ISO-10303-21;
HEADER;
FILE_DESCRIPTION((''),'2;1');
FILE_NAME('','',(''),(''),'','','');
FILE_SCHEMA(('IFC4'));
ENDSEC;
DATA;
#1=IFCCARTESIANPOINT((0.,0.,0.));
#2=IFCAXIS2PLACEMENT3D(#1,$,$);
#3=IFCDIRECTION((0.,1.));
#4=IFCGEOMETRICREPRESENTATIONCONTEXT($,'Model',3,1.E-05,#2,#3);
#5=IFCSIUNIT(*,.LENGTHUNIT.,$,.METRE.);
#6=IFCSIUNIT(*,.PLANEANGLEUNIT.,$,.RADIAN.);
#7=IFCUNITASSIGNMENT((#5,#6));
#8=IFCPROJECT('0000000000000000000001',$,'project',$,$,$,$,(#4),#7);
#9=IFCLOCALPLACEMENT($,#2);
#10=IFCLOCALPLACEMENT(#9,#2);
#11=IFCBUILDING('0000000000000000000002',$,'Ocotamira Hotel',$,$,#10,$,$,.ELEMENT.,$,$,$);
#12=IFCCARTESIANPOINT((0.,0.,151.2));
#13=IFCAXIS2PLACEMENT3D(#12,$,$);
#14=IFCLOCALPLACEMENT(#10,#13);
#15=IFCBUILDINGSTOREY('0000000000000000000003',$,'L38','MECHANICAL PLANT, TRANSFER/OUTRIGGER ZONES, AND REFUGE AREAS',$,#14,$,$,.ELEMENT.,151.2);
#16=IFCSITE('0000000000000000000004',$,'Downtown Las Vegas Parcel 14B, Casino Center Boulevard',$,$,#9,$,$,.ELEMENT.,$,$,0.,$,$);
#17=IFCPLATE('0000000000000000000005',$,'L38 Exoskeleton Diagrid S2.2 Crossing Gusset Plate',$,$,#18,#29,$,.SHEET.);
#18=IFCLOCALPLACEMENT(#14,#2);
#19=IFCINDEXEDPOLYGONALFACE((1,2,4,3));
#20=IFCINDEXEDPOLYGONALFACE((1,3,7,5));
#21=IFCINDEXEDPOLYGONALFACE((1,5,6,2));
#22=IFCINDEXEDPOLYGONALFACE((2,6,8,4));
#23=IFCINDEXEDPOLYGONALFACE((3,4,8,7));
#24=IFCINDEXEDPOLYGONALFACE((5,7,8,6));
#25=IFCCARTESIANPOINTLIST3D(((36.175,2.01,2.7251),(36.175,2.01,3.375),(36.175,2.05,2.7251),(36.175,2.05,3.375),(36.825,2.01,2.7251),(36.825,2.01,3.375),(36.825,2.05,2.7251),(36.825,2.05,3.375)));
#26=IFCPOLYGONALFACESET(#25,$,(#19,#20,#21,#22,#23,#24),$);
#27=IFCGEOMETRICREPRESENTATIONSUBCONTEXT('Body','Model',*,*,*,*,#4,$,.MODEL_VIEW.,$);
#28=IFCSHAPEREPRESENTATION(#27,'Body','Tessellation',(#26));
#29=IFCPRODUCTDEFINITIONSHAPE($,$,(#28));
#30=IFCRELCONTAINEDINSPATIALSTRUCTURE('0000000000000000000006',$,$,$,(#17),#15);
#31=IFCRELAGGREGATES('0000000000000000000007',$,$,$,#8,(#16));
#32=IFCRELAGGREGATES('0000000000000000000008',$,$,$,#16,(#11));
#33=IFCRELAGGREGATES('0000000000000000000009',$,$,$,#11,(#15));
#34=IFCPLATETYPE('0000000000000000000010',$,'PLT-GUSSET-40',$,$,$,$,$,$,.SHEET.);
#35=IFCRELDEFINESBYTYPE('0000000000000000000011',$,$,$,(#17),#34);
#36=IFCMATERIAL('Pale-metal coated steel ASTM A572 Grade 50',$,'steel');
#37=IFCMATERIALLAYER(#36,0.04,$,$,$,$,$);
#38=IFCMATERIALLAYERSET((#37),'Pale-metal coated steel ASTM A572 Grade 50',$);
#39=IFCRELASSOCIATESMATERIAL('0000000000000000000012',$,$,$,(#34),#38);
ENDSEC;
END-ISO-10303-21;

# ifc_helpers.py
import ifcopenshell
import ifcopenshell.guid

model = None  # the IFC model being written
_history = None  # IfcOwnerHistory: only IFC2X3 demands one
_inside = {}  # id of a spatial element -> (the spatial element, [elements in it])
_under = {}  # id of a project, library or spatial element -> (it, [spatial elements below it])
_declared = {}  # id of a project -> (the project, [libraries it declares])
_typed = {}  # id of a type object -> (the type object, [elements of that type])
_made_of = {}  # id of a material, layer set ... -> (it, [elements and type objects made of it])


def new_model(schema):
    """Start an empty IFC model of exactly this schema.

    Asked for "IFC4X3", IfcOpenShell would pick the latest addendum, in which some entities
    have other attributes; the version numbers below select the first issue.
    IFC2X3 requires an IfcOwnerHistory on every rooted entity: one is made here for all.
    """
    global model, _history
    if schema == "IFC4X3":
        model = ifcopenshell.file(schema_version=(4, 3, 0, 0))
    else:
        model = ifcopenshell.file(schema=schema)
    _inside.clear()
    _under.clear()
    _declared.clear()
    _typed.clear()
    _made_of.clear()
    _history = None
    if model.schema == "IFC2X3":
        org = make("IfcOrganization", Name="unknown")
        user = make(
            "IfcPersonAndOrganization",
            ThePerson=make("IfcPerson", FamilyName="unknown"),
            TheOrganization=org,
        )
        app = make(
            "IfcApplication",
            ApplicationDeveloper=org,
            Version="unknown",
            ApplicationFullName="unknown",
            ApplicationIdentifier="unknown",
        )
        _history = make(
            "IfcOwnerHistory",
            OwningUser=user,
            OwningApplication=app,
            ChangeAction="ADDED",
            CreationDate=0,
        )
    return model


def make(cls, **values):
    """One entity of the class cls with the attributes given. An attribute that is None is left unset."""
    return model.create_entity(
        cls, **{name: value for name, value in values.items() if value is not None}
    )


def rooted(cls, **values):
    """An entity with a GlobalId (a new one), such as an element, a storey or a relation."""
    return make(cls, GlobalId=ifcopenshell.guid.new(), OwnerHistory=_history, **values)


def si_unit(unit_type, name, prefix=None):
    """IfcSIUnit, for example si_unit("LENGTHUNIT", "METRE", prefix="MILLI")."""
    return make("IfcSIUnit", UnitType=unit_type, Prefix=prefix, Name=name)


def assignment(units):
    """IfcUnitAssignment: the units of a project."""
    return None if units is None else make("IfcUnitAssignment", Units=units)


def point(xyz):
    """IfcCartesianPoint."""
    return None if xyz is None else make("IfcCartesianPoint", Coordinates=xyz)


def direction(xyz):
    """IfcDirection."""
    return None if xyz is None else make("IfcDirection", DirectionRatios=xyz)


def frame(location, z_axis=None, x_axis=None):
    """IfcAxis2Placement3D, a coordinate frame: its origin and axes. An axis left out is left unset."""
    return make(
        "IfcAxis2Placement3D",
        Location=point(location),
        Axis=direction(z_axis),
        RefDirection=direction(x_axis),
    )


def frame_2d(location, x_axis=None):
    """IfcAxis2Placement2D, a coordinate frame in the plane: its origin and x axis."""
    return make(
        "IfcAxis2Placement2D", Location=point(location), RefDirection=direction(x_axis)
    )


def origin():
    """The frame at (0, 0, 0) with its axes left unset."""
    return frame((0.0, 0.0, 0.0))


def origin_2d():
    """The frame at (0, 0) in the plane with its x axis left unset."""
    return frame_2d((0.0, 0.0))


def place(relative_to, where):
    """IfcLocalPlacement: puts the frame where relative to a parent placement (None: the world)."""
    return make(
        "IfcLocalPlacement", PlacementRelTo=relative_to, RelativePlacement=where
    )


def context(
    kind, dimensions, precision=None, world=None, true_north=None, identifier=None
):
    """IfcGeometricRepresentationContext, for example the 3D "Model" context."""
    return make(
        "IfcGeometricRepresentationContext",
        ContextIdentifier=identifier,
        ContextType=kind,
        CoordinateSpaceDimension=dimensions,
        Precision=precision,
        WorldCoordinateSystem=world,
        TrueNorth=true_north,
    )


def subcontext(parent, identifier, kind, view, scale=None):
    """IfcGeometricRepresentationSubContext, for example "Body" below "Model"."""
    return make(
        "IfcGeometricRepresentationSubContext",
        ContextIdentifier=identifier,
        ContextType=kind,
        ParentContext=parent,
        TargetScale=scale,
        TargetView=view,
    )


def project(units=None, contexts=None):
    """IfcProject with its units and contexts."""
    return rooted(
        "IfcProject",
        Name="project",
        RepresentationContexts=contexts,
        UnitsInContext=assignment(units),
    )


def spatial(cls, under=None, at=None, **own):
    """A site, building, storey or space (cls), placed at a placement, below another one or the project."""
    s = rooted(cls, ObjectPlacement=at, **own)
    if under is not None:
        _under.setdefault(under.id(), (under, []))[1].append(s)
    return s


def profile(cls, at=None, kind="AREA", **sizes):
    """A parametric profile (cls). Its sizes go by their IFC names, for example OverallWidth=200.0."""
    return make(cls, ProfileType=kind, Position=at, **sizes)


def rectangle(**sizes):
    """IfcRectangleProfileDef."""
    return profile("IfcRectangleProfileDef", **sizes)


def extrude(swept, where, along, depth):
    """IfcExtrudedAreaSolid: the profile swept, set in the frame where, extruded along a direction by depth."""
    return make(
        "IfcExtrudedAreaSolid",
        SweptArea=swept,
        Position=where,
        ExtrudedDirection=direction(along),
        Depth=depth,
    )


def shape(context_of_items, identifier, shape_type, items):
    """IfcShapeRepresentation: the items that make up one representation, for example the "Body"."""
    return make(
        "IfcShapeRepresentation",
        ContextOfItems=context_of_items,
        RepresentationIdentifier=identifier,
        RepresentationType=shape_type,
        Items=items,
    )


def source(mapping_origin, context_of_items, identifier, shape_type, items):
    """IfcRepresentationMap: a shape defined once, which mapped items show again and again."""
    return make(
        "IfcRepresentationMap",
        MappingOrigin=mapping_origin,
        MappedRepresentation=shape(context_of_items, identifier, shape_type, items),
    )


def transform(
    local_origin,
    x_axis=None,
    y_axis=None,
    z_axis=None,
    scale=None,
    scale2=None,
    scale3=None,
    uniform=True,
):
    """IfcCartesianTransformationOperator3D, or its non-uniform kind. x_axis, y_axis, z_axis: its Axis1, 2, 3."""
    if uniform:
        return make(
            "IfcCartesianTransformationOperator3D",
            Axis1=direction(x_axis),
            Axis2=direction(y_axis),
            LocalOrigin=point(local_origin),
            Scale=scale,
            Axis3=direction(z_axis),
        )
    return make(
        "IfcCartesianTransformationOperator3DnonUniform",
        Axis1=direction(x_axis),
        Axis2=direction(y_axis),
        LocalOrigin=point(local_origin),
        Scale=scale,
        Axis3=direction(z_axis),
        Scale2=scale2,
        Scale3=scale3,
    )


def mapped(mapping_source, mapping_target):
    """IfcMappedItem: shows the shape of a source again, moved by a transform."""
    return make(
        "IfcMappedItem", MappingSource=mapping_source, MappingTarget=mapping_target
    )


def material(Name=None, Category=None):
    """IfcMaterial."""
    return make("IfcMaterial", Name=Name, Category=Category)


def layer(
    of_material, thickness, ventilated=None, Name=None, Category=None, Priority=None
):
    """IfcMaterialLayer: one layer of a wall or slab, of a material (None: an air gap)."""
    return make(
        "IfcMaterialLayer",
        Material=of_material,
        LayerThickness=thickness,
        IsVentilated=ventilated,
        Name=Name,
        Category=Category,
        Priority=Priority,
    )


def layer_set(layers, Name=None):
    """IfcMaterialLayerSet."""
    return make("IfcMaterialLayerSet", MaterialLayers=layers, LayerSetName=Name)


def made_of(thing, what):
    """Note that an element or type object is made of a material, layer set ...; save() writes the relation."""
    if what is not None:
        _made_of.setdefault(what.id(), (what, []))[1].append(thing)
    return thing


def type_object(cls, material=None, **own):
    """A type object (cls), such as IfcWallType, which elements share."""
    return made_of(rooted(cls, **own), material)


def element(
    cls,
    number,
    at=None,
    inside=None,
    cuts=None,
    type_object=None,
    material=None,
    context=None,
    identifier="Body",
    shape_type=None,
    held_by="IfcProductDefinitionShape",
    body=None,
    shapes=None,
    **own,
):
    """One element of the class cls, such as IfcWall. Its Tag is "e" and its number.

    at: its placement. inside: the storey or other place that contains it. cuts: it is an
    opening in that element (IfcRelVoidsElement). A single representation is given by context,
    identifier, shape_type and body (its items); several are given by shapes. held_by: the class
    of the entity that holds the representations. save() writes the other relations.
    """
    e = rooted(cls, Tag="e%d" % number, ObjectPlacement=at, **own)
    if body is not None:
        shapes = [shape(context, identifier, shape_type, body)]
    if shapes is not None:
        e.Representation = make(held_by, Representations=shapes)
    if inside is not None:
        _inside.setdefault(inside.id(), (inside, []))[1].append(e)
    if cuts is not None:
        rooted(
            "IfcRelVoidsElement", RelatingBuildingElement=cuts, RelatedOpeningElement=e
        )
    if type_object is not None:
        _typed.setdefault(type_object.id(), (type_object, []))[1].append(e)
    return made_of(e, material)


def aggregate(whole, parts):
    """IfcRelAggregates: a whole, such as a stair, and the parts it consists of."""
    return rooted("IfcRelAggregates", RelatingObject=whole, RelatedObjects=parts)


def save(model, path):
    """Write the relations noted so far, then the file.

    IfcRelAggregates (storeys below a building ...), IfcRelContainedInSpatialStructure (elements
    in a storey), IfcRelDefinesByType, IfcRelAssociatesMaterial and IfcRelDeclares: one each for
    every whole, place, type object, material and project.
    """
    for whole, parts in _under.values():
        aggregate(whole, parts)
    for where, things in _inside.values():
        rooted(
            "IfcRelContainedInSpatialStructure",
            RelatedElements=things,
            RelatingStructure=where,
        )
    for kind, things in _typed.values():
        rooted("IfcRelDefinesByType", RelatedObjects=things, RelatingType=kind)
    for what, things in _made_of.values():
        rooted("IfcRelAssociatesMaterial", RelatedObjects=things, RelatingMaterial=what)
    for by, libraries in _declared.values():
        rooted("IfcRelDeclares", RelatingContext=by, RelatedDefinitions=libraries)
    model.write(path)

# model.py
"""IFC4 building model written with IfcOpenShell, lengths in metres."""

from ifc_helpers import new_model, si_unit, direction, frame, origin, origin_2d, place, context, subcontext, project, spatial, rectangle, extrude, source, transform, mapped, material, layer, layer_set, type_object, element, save


model = new_model("IFC4")

# Units and contexts
model_context = context("Model", 3, precision=1e-05, world=origin(), true_north=direction((0.0, 1.0)))
body_context = subcontext(model_context, "Body", "Model", "MODEL_VIEW")
ifc_project = project(units=[si_unit("LENGTHUNIT", "METRE"), si_unit("PLANEANGLEUNIT", "RADIAN")], contexts=[model_context])

# Site, building, storey
site_placement = place(None, origin())
site = spatial("IfcSite", under=ifc_project, at=site_placement, Name="Downtown Las Vegas Parcel 14B, Casino Center Boulevard", CompositionType="ELEMENT", RefElevation=0.0)
building_placement = place(site_placement, origin())
building = spatial("IfcBuilding", under=site, at=building_placement, Name="Ocotamira Hotel", CompositionType="ELEMENT")
storey_placement = place(building_placement, frame((0.0, 0.0, 151.2)))
storey = spatial("IfcBuildingStorey", under=building, at=storey_placement, Name="L38", Description="MECHANICAL PLANT, TRANSFER/OUTRIGGER ZONES, AND REFUGE AREAS", CompositionType="ELEMENT", Elevation=151.2)

# Plate
ifc_material_1 = material(Name="Pale-metal coated steel ASTM A572 Grade 50", Category="steel")
ifc_layer = layer(ifc_material_1, 0.04)
ifc_layer_set = layer_set([ifc_layer], Name="Pale-metal coated steel ASTM A572 Grade 50")
plate_type = type_object("IfcPlateType", Name="PLT-GUSSET-40", PredefinedType="SHEET", material=ifc_layer_set)
shared_shape_1 = source(origin(), body_context, "Body", "SweptSolid", [
    extrude(rectangle(XDim=0.6499, YDim=0.04, at=origin_2d()), origin(), (0.0, 0.0, 1.0), 0.6499),
])
for number, where, z_axis, x_axis, name in (
    (1, (36.5, 2.03, 2.7251), (0.0, 0.0, 1.0), (-1.0, 0.0, 0.0), "L38 Exoskeleton Diagrid S2.2 Crossing Gusset Plate"),
):
    element("IfcPlate", number, at=place(storey_placement, frame(where, z_axis=z_axis, x_axis=x_axis)), inside=storey, type_object=plate_type, Name=name, PredefinedType="SHEET", context=body_context, shape_type="MappedRepresentation", body=[
        mapped(shared_shape_1, transform((0.0, 0.0, 0.0), scale=1.0)),
    ])

save(model, "model.ifc")
